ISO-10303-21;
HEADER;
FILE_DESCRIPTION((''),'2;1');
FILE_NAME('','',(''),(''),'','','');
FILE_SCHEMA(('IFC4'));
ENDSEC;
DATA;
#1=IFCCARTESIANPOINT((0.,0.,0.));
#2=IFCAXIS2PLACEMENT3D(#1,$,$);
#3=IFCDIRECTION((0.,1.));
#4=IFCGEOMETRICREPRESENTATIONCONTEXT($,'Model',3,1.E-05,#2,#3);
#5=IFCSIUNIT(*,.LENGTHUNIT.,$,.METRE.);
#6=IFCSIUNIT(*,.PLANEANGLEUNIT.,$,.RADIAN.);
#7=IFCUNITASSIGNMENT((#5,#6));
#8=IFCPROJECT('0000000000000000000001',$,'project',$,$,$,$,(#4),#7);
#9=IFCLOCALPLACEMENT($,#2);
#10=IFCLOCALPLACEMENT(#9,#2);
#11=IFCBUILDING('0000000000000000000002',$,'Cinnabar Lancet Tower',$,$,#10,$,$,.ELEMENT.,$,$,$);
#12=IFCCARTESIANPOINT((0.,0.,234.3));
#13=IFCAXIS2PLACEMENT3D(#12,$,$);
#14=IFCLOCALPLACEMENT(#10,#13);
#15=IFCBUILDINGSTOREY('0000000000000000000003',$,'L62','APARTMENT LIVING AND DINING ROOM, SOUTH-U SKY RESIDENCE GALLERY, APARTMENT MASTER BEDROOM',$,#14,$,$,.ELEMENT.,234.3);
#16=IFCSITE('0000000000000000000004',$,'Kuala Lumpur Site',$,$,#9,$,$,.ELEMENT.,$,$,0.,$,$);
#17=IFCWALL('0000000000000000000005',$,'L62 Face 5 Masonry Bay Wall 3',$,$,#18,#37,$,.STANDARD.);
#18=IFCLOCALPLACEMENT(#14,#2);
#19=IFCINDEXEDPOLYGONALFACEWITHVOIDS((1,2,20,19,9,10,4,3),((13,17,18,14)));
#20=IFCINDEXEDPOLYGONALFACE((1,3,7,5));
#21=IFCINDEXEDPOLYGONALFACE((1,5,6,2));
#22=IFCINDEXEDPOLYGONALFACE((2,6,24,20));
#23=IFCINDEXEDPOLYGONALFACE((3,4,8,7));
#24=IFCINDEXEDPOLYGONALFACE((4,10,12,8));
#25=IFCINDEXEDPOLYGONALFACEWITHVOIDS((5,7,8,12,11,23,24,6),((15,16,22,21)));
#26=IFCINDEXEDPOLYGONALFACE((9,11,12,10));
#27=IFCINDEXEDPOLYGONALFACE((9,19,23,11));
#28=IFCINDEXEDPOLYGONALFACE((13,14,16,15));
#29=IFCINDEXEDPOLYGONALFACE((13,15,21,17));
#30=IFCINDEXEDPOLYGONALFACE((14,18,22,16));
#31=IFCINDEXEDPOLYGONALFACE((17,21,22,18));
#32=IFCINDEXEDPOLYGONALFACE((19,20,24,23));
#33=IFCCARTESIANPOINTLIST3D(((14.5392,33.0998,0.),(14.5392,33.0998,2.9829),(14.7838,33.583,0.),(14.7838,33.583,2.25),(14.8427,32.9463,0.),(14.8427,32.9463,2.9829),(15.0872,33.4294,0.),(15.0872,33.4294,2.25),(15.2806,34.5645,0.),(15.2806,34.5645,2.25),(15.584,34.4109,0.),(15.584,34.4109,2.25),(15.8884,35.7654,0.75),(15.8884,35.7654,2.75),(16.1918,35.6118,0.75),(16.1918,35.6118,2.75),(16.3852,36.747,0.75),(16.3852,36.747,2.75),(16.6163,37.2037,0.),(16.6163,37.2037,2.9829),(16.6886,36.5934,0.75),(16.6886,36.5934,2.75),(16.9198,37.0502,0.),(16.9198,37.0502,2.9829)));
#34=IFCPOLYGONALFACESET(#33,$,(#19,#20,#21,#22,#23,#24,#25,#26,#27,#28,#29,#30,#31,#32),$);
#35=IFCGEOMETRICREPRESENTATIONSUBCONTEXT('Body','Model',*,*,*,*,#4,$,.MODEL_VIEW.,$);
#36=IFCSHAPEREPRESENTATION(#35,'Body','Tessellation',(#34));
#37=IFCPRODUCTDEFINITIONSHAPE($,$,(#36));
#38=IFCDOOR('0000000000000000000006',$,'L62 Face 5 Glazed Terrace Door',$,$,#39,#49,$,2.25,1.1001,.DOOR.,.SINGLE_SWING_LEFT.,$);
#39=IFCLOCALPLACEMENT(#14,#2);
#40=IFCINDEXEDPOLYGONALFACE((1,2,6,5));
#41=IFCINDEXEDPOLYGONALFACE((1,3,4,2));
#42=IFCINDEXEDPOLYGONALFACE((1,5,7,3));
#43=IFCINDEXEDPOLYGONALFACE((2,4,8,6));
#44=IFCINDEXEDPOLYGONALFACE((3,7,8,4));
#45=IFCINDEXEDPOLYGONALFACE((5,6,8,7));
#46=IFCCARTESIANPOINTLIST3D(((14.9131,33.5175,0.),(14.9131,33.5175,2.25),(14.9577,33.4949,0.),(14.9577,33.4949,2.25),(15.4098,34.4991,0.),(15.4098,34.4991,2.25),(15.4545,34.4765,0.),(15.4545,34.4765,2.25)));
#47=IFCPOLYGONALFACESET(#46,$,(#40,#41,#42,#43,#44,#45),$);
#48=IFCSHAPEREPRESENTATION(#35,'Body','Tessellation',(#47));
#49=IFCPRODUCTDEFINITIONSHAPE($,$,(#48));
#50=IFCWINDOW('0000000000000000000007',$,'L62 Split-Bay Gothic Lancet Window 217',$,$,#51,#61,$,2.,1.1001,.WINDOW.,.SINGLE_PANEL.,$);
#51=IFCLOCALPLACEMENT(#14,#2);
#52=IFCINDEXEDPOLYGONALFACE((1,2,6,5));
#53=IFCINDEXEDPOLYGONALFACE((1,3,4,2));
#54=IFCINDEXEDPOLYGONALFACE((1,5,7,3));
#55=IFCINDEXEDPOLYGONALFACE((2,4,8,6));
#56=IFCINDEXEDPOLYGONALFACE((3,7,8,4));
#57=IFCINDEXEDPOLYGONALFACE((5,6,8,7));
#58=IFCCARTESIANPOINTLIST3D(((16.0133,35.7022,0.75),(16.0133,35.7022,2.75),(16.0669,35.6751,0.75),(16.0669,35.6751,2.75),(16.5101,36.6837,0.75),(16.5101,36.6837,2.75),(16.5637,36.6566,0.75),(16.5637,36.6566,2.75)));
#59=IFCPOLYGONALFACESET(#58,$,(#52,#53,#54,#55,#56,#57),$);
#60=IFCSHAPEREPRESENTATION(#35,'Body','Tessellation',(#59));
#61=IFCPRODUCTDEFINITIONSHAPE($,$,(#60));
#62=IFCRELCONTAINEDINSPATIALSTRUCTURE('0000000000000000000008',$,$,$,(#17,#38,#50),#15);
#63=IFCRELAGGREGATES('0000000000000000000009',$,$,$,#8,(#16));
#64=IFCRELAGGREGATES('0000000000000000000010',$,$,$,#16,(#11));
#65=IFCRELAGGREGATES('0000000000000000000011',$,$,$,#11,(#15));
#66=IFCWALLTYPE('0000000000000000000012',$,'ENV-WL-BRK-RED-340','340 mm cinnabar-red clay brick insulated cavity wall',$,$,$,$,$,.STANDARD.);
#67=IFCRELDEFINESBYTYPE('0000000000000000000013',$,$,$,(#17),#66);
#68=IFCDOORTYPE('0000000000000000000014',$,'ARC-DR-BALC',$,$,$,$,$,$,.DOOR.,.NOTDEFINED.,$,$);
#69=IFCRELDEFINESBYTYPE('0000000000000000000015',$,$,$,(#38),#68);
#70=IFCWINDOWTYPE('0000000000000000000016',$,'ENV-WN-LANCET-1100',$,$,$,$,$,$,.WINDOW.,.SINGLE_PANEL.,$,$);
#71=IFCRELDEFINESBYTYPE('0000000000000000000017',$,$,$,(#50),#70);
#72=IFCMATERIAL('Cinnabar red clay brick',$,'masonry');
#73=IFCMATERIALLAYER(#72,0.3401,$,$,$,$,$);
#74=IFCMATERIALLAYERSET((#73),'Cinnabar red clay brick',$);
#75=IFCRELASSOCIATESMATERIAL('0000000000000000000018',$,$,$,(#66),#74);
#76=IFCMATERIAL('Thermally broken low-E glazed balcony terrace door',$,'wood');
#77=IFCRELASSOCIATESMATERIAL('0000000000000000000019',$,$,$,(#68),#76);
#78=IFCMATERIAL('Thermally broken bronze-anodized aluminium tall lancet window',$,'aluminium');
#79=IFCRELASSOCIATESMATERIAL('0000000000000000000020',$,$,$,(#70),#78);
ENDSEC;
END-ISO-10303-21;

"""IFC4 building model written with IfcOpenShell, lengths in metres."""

from ifc_helpers import new_model, si_unit, direction, frame, frame_2d, origin, place, context, subcontext, project, spatial, rectangle, extrude, material, layer, layer_set, type_object, element, fill, save


model = new_model("IFC4")

# Units and contexts
model_context = context("Model", 3, precision=1e-05, world=origin(), true_north=direction((0.0, 1.0)))
body_context = subcontext(model_context, "Body", "Model", "MODEL_VIEW")
ifc_project = project(units=[si_unit("LENGTHUNIT", "METRE"), si_unit("PLANEANGLEUNIT", "RADIAN")], contexts=[model_context])

# Site, building, storey
site_placement = place(None, origin())
site = spatial("IfcSite", under=ifc_project, at=site_placement, Name="Kuala Lumpur Site", CompositionType="ELEMENT", RefElevation=0.0)
building_placement = place(site_placement, origin())
building = spatial("IfcBuilding", under=site, at=building_placement, Name="Cinnabar Lancet Tower", CompositionType="ELEMENT")
storey_placement = place(building_placement, frame((0.0, 0.0, 234.3)))
storey = spatial("IfcBuildingStorey", under=building, at=storey_placement, Name="L62", Description="APARTMENT LIVING AND DINING ROOM, SOUTH-U SKY RESIDENCE GALLERY, APARTMENT MASTER BEDROOM", CompositionType="ELEMENT", Elevation=234.3)

# Shared definitions
ifc_material_1 = material(Name="Cinnabar red clay brick", Category="masonry")
ifc_layer_1 = layer(ifc_material_1, 0.3401)
ifc_layer_set_1 = layer_set([ifc_layer_1], Name="Cinnabar red clay brick")
wall_type_1 = type_object("IfcWallType", Name="ENV-WL-BRK-RED-340", Description="340 mm cinnabar-red clay brick insulated cavity wall", PredefinedType="STANDARD", material=ifc_layer_set_1)

# Wall, openings, door, window
wall_1_placement = place(storey_placement, frame((16.7681, 37.127, 0.0), z_axis=(0.0, 0.0, 1.0), x_axis=(-0.451582, -0.89223, 0.0)))
wall_1 = element("IfcWall", 1, at=wall_1_placement, inside=storey, type_object=wall_type_1, Name="L62 Face 5 Masonry Bay Wall 3", PredefinedType="STANDARD", context=body_context, shape_type="SweptSolid", body=[
    extrude(rectangle(XDim=4.5996, YDim=0.3401, at=frame_2d((2.2998, 0.0))), origin(), (0.0, 0.0, 1.0), 2.9829),
])
opening_1_placement = place(wall_1_placement, frame((2.958, 0.0, 0.0)))
opening_1 = element("IfcOpeningElement", 2, at=opening_1_placement, cuts=wall_1, PredefinedType="OPENING", context=body_context, shape_type="SweptSolid", body=[
    extrude(rectangle(XDim=1.1001, YDim=2.25, at=frame_2d((0.55, 1.125))), frame((0.0, 0.1799, 0.0), z_axis=(0.0, -1.0, 0.0), x_axis=(1.0, 0.0, 0.0)), (0.0, 0.0, 1.0), 0.3601),
])
opening_2_placement = place(wall_1_placement, frame((0.512, 0.0, 0.75)))
opening_2 = element("IfcOpeningElement", 3, at=opening_2_placement, cuts=wall_1, PredefinedType="OPENING", context=body_context, shape_type="SweptSolid", body=[
    extrude(rectangle(XDim=1.1001, YDim=2.0, at=frame_2d((0.55, 1.0))), frame((0.0, 0.1799, 0.0), z_axis=(0.0, -1.0, 0.0), x_axis=(1.0, 0.0, 0.0)), (0.0, 0.0, 1.0), 0.3601),
])
ifc_material_2 = material(Name="Thermally broken low-E glazed balcony terrace door", Category="wood")
door_type_1 = type_object("IfcDoorType", Name="ARC-DR-BALC", OperationType="NOTDEFINED", PredefinedType="DOOR", material=ifc_material_2)
door_1_placement = place(opening_1_placement, origin())
door_1 = element("IfcDoor", 4, at=door_1_placement, inside=storey, type_object=door_type_1, Name="L62 Face 5 Glazed Terrace Door", OperationType="SINGLE_SWING_LEFT", OverallHeight=2.25, OverallWidth=1.1001, PredefinedType="DOOR", context=body_context, shape_type="SweptSolid", body=[
    extrude(rectangle(XDim=1.1001, YDim=2.25, at=frame_2d((0.55, 1.125))), frame((0.0, 0.0249, 0.0), z_axis=(0.0, -1.0, 0.0), x_axis=(1.0, 0.0, 0.0)), (0.0, 0.0, 1.0), 0.05),
])
fill(opening_1, door_1)
ifc_material_3 = material(Name="Thermally broken bronze-anodized aluminium tall lancet window", Category="aluminium")
window_type_1 = type_object("IfcWindowType", Name="ENV-WN-LANCET-1100", PartitioningType="SINGLE_PANEL", PredefinedType="WINDOW", material=ifc_material_3)
window_1_placement = place(opening_2_placement, origin())
window_1 = element("IfcWindow", 5, at=window_1_placement, inside=storey, type_object=window_type_1, Name="L62 Split-Bay Gothic Lancet Window 217", OverallHeight=2.0, OverallWidth=1.1001, PartitioningType="SINGLE_PANEL", PredefinedType="WINDOW", context=body_context, shape_type="SweptSolid", body=[
    extrude(rectangle(XDim=1.1001, YDim=2.0, at=frame_2d((0.55, 1.0))), frame((0.0, 0.03, 0.0), z_axis=(0.0, -1.0, 0.0), x_axis=(1.0, 0.0, 0.0)), (0.0, 0.0, 1.0), 0.0601),
])
fill(opening_2, window_1)

save(model, "model.ifc")
